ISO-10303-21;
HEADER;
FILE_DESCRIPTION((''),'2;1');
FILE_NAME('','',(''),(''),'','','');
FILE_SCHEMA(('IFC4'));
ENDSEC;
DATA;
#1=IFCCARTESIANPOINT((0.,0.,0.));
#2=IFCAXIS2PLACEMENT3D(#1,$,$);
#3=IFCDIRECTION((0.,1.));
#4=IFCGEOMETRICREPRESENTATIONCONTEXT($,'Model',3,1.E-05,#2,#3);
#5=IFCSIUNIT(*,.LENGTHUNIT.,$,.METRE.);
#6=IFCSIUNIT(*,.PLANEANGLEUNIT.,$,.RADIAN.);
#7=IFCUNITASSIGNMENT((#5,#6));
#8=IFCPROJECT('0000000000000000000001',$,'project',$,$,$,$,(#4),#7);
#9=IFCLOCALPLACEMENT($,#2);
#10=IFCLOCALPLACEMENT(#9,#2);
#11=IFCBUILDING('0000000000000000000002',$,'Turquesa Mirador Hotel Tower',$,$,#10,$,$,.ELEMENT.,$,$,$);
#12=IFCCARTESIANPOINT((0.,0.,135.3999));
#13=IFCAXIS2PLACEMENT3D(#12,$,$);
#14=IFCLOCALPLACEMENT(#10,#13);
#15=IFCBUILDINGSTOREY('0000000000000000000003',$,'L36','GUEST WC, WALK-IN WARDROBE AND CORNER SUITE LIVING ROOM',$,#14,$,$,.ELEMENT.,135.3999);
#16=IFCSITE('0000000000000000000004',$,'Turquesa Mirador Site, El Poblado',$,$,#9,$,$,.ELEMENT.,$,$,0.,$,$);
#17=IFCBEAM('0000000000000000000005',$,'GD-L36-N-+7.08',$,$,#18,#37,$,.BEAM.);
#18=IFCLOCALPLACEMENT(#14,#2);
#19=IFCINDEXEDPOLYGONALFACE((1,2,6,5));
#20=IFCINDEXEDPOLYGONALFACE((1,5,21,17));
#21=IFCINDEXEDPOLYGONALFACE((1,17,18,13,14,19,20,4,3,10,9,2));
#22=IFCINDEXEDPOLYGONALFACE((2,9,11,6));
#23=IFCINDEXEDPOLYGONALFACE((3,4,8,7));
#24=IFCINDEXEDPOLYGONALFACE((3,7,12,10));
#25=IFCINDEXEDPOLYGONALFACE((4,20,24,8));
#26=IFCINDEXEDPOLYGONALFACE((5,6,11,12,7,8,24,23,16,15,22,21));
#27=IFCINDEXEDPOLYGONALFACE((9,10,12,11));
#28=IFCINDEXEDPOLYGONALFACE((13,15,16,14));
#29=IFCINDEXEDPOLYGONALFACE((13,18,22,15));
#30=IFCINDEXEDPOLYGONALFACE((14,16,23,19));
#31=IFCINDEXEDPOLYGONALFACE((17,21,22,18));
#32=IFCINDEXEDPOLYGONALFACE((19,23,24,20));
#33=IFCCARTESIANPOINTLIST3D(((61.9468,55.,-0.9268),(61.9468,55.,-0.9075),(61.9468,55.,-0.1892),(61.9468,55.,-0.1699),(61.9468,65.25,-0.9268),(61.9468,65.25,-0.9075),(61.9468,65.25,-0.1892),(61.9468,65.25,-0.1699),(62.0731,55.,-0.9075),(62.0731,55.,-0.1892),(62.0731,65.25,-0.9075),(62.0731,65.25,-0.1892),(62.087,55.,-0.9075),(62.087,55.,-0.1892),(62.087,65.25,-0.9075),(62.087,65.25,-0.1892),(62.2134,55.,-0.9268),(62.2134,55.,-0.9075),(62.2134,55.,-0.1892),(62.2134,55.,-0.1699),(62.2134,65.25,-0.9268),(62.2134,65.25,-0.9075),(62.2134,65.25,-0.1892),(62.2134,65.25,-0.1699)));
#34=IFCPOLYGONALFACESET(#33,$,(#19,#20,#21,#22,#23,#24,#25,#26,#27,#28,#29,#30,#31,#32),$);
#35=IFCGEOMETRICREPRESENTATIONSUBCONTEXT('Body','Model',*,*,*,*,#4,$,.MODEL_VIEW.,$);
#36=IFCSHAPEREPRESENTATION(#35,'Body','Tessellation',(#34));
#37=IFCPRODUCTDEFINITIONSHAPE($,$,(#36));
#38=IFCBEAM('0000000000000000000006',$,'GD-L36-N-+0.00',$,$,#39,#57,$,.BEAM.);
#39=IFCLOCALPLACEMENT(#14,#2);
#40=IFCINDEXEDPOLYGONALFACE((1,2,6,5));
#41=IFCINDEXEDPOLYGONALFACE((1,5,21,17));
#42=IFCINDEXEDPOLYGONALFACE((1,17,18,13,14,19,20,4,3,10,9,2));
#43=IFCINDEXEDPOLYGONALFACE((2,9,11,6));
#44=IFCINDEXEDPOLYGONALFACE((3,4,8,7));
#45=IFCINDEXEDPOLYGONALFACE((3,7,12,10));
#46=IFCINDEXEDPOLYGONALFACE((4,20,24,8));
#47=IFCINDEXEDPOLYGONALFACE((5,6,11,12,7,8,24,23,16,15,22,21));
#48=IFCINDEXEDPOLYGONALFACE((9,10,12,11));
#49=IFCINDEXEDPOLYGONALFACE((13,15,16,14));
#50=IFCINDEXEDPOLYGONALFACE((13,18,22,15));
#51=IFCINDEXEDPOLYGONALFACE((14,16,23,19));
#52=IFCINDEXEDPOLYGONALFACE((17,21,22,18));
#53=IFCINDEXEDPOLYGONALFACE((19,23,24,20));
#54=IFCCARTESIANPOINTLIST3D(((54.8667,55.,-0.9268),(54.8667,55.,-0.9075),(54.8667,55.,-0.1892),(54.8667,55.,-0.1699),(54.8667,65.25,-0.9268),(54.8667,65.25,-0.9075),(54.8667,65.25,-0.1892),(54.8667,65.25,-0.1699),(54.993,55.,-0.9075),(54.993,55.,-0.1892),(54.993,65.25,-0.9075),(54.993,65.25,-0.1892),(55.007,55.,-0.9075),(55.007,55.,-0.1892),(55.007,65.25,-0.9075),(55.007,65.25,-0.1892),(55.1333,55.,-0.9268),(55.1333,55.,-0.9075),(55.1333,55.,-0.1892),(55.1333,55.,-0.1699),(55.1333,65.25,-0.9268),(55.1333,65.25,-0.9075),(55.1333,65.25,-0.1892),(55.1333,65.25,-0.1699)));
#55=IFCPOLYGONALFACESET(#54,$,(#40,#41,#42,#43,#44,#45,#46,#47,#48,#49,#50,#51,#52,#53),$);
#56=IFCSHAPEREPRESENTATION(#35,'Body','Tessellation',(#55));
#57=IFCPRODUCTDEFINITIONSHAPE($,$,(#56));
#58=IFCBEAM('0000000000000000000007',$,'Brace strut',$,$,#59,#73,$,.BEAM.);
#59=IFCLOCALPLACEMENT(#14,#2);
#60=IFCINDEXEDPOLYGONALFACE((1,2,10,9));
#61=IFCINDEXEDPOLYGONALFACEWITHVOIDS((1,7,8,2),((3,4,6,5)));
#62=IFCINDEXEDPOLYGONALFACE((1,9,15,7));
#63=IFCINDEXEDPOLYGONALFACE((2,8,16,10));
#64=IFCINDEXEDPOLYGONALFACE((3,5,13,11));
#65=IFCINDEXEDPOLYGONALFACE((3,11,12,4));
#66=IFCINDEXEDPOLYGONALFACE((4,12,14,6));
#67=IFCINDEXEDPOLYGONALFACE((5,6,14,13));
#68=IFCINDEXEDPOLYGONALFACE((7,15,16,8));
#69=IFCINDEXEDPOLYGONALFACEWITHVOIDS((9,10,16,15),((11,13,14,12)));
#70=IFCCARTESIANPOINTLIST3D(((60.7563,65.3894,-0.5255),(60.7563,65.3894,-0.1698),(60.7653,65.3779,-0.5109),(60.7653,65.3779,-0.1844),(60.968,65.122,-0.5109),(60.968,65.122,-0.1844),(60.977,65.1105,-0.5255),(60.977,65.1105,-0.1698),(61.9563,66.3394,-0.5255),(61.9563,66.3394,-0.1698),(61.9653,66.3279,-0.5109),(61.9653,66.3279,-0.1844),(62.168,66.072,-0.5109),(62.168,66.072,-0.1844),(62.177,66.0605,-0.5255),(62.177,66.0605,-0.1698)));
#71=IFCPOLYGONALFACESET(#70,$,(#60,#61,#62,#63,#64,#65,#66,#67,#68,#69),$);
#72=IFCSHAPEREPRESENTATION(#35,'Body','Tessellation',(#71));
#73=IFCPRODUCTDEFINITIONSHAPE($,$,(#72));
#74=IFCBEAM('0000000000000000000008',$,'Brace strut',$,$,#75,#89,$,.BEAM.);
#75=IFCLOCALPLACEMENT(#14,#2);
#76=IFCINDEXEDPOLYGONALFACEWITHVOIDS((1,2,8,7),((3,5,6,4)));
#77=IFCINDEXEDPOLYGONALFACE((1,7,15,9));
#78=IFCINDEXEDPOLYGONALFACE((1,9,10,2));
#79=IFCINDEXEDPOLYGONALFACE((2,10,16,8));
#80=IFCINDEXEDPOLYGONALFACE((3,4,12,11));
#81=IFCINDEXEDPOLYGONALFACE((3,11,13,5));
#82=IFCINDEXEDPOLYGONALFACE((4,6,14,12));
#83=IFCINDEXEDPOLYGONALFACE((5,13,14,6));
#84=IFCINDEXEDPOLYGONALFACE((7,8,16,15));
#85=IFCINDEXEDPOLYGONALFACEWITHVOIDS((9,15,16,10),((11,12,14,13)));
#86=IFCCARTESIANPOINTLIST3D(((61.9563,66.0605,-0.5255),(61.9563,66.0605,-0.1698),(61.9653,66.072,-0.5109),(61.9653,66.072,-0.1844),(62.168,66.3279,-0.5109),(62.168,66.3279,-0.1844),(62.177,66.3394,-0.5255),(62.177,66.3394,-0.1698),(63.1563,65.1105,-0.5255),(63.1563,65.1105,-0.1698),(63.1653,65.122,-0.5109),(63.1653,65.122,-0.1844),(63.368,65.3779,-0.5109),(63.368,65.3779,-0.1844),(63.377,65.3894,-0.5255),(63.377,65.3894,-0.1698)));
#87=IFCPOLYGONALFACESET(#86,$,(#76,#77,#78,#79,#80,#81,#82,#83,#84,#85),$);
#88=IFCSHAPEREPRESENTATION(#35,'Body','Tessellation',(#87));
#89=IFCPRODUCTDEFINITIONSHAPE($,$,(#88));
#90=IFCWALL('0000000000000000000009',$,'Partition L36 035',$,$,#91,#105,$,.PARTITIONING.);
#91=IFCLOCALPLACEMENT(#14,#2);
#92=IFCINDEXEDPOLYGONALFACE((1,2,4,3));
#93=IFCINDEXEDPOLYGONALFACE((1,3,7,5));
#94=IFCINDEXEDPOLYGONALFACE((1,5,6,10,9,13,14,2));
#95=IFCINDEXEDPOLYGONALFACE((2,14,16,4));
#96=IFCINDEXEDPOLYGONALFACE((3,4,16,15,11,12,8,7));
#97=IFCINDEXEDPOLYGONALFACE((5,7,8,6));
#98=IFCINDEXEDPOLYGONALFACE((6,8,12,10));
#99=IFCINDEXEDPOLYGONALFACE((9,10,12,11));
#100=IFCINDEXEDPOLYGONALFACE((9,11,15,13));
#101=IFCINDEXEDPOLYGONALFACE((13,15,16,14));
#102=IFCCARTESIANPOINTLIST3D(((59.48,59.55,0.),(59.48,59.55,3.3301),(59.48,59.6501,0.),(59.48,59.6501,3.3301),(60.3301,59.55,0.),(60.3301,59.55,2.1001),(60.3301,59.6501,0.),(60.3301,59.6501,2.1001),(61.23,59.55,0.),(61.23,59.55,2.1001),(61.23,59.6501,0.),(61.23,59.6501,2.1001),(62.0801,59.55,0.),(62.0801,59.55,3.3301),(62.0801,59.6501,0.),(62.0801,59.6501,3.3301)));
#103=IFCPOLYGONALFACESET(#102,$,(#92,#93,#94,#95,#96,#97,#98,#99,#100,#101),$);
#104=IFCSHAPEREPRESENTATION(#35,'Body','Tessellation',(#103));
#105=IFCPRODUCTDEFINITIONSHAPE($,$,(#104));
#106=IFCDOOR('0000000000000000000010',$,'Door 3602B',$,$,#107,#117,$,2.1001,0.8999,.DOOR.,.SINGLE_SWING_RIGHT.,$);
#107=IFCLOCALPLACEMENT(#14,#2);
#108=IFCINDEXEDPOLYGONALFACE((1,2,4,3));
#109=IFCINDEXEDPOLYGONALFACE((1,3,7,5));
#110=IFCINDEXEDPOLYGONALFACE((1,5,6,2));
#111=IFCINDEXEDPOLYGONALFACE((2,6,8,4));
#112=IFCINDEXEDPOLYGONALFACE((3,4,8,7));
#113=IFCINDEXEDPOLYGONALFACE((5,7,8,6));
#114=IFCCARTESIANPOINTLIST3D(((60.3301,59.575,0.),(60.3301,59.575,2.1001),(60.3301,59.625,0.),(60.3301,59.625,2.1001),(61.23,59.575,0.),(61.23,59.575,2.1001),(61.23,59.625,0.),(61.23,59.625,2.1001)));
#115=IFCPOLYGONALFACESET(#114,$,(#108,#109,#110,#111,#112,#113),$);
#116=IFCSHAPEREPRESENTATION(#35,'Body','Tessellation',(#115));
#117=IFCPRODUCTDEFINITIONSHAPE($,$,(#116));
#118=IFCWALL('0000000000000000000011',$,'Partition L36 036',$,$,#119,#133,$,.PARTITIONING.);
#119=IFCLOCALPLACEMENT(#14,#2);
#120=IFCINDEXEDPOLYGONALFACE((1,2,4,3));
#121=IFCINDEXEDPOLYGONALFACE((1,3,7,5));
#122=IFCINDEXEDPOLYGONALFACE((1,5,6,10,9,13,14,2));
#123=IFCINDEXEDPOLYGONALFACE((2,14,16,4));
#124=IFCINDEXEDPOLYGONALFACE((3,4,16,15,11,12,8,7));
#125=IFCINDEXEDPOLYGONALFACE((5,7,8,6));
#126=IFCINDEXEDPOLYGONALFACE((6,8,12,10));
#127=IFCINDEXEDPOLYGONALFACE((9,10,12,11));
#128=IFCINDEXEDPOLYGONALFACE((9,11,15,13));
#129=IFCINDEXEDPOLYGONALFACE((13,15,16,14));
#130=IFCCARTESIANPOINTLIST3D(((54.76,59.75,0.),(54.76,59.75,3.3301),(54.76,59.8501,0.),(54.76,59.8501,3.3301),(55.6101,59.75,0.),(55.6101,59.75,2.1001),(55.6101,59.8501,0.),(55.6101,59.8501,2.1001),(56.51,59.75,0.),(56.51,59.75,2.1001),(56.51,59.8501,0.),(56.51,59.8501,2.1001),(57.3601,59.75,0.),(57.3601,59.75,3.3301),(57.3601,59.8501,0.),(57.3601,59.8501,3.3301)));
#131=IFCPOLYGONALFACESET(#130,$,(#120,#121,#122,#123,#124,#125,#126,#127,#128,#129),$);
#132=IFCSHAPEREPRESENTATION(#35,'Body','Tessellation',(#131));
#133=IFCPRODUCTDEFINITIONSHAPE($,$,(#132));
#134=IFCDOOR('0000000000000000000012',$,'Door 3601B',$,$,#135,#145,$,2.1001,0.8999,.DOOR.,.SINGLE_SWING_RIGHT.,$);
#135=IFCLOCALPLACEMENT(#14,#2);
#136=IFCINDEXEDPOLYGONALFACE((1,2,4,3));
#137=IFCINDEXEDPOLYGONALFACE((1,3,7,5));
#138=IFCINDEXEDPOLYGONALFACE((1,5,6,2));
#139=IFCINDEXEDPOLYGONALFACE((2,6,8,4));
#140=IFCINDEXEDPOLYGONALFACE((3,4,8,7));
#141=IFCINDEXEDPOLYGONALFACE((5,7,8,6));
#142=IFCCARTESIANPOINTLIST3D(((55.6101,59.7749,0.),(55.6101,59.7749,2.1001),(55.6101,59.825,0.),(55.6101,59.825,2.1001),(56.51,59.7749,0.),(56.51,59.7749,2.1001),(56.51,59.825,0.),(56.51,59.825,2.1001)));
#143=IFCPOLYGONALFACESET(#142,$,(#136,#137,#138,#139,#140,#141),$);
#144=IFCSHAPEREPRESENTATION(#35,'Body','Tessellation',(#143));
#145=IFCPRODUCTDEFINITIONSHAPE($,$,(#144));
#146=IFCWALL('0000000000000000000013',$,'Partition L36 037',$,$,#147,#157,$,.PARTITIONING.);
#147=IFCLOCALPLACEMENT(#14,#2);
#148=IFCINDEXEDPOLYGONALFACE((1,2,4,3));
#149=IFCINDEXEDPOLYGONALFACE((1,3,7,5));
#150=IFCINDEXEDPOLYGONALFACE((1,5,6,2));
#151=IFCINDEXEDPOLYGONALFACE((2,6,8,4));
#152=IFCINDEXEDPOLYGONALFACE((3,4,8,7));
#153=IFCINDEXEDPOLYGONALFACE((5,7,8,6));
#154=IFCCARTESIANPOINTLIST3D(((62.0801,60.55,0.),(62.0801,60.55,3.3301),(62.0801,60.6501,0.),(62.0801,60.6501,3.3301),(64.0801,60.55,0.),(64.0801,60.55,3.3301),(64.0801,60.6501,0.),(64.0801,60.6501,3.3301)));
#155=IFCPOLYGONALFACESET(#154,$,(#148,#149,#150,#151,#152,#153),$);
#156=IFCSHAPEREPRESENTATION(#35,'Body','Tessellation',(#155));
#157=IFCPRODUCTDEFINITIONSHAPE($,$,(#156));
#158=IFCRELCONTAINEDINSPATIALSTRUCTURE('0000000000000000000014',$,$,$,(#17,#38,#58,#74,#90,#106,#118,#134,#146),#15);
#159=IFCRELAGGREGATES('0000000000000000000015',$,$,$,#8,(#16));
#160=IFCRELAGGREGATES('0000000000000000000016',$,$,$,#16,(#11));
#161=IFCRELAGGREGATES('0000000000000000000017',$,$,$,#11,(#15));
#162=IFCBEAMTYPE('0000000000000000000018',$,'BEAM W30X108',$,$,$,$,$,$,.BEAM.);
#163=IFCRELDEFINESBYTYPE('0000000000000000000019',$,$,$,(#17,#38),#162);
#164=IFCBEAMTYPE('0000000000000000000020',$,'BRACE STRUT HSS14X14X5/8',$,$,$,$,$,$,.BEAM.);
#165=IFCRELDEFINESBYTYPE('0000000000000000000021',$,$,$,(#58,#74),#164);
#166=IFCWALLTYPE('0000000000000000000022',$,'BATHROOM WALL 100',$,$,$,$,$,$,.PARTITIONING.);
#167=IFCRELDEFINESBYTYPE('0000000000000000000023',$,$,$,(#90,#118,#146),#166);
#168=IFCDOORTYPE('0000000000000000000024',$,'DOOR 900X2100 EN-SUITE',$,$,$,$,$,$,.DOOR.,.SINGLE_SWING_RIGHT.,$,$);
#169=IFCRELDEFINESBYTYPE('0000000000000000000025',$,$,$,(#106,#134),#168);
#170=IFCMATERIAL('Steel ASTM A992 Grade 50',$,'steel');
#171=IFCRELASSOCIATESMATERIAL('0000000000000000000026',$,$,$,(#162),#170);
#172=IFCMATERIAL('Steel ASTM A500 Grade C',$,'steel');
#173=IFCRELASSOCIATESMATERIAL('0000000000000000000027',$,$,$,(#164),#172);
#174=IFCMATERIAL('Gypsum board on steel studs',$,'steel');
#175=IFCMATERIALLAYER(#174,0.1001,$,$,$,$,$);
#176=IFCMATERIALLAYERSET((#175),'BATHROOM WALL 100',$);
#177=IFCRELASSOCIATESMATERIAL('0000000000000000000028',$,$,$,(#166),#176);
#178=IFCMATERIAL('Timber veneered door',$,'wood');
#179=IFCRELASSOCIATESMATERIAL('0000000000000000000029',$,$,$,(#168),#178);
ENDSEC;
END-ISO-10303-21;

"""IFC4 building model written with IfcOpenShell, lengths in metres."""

from ifc_helpers import new_model, si_unit, direction, frame, frame_2d, origin, origin_2d, place, context, subcontext, project, spatial, rectangle, hollow_rectangle, i_section, extrude, material, layer, layer_set, material_profile, profile_set, type_object, element, fill, save


model = new_model("IFC4")

# Units and contexts
model_context = context("Model", 3, precision=1e-05, world=origin(), true_north=direction((0.0, 1.0)))
body_context = subcontext(model_context, "Body", "Model", "MODEL_VIEW")
ifc_project = project(units=[si_unit("LENGTHUNIT", "METRE"), si_unit("PLANEANGLEUNIT", "RADIAN")], contexts=[model_context])

# Site, building, storey
site_placement = place(None, origin())
site = spatial("IfcSite", under=ifc_project, at=site_placement, Name="Turquesa Mirador Site, El Poblado", CompositionType="ELEMENT", RefElevation=0.0)
building_placement = place(site_placement, origin())
building = spatial("IfcBuilding", under=site, at=building_placement, Name="Turquesa Mirador Hotel Tower", CompositionType="ELEMENT")
storey_placement = place(building_placement, frame((0.0, 0.0, 135.3999)))
storey = spatial("IfcBuildingStorey", under=building, at=storey_placement, Name="L36", Description="GUEST WC, WALK-IN WARDROBE AND CORNER SUITE LIVING ROOM", CompositionType="ELEMENT", Elevation=135.3999)

# Beams
ifc_material_1 = material(Name="Steel ASTM A992 Grade 50", Category="steel")
ifc_material_profile_1 = material_profile(ifc_material_1, i_section(OverallWidth=0.2666, OverallDepth=0.7568, WebThickness=0.0139, FlangeThickness=0.0193, at=origin_2d()), Name="W30X108")
ifc_profile_set_1 = profile_set([ifc_material_profile_1], Name="Steel ASTM A992 Grade 50")
beam_type_1 = type_object("IfcBeamType", Name="BEAM W30X108", PredefinedType="BEAM", material=ifc_profile_set_1)
for number, where, z_axis, x_axis, name in (
    (1, (62.0801, 65.25, -0.5483), (0.0, -1.0, 0.0), (1.0, 0.0, 0.0), "GD-L36-N-+7.08"),
    (2, (55.0, 65.25, -0.5483), (0.0, -1.0, 0.0), (1.0, 0.0, 0.0), "GD-L36-N-+0.00"),
):
    element("IfcBeam", number, at=place(storey_placement, frame(where, z_axis=z_axis, x_axis=x_axis)), inside=storey, type_object=beam_type_1, Name=name, PredefinedType="BEAM", context=body_context, shape_type="SweptSolid", body=[
        extrude(i_section(OverallWidth=0.2666, OverallDepth=0.7568, WebThickness=0.0139, FlangeThickness=0.0193, at=origin_2d()), origin(), (0.0, 0.0, 1.0), 10.25),
    ])
ifc_material_2 = material(Name="Steel ASTM A500 Grade C", Category="steel")
ifc_material_profile_2 = material_profile(ifc_material_2, hollow_rectangle(XDim=0.3557, YDim=0.3557, WallThickness=0.0146, at=origin_2d()), Name="HSS14X14X5/8")
ifc_profile_set_2 = profile_set([ifc_material_profile_2], Name="Steel ASTM A500 Grade C")
beam_type_2 = type_object("IfcBeamType", Name="BRACE STRUT HSS14X14X5/8", PredefinedType="BEAM", material=ifc_profile_set_2)
for number, where, z_axis, x_axis, name in (
    (3, (62.0667, 66.2, -0.3477), (-0.784049, -0.620699, 0.0), (0.620699, -0.784049, 0.0), "Brace strut"),
    (4, (62.0667, 66.2, -0.3477), (0.784049, -0.620699, 0.0), (0.620699, 0.784049, 0.0), "Brace strut"),
):
    element("IfcBeam", number, at=place(storey_placement, frame(where, z_axis=z_axis, x_axis=x_axis)), inside=storey, type_object=beam_type_2, Name=name, PredefinedType="BEAM", context=body_context, shape_type="SweptSolid", body=[
        extrude(hollow_rectangle(XDim=0.3557, YDim=0.3557, WallThickness=0.0146, at=origin_2d()), origin(), (0.0, 0.0, 1.0), 1.5305),
    ])

# Walls, openings, doors
ifc_material_3 = material(Name="Gypsum board on steel studs", Category="steel")
ifc_layer_1 = layer(ifc_material_3, 0.1001)
ifc_layer_set_1 = layer_set([ifc_layer_1], Name="BATHROOM WALL 100")
wall_type_1 = type_object("IfcWallType", Name="BATHROOM WALL 100", PredefinedType="PARTITIONING", material=ifc_layer_set_1)
wall_1_placement = place(storey_placement, frame((59.48, 59.6001, 0.0), z_axis=(0.0, 0.0, 1.0), x_axis=(1.0, 0.0, 0.0)))
wall_1 = element("IfcWall", 5, at=wall_1_placement, inside=storey, type_object=wall_type_1, Name="Partition L36 035", PredefinedType="PARTITIONING", context=body_context, shape_type="SweptSolid", body=[
    extrude(rectangle(XDim=2.6001, YDim=0.1001, at=frame_2d((1.3, 0.0))), origin(), (0.0, 0.0, 1.0), 3.3301),
])
opening_1_placement = place(wall_1_placement, frame((0.8501, 0.0, 0.0)))
opening_1 = element("IfcOpeningElement", 6, at=opening_1_placement, cuts=wall_1, PredefinedType="OPENING", context=body_context, shape_type="SweptSolid", body=[
    extrude(rectangle(XDim=0.8999, YDim=2.1001, at=frame_2d((0.45, 1.05))), frame((0.0, 0.0601, 0.0), z_axis=(0.0, -1.0, 0.0), x_axis=(1.0, 0.0, 0.0)), (0.0, 0.0, 1.0), 0.1201),
])
ifc_material_4 = material(Name="Timber veneered door", Category="wood")
door_type_1 = type_object("IfcDoorType", Name="DOOR 900X2100 EN-SUITE", OperationType="SINGLE_SWING_RIGHT", PredefinedType="DOOR", material=ifc_material_4)
door_1_placement = place(opening_1_placement, origin())
door_1 = element("IfcDoor", 7, at=door_1_placement, inside=storey, type_object=door_type_1, Name="Door 3602B", OperationType="SINGLE_SWING_RIGHT", OverallHeight=2.1001, OverallWidth=0.8999, PredefinedType="DOOR", context=body_context, shape_type="SweptSolid", body=[
    extrude(rectangle(XDim=0.8999, YDim=2.1001, at=frame_2d((0.45, 1.05))), frame((0.0, 0.0249, 0.0), z_axis=(0.0, -1.0, 0.0), x_axis=(1.0, 0.0, 0.0)), (0.0, 0.0, 1.0), 0.05),
])
fill(opening_1, door_1)
wall_2_placement = place(storey_placement, frame((54.76, 59.8, 0.0), z_axis=(0.0, 0.0, 1.0), x_axis=(1.0, 0.0, 0.0)))
wall_2 = element("IfcWall", 8, at=wall_2_placement, inside=storey, type_object=wall_type_1, Name="Partition L36 036", PredefinedType="PARTITIONING", context=body_context, shape_type="SweptSolid", body=[
    extrude(rectangle(XDim=2.6001, YDim=0.1001, at=frame_2d((1.3, 0.0))), origin(), (0.0, 0.0, 1.0), 3.3301),
])
opening_2_placement = place(wall_2_placement, frame((0.8501, 0.0, 0.0)))
opening_2 = element("IfcOpeningElement", 9, at=opening_2_placement, cuts=wall_2, PredefinedType="OPENING", context=body_context, shape_type="SweptSolid", body=[
    extrude(rectangle(XDim=0.8999, YDim=2.1001, at=frame_2d((0.45, 1.05))), frame((0.0, 0.0601, 0.0), z_axis=(0.0, -1.0, 0.0), x_axis=(1.0, 0.0, 0.0)), (0.0, 0.0, 1.0), 0.1201),
])
door_2_placement = place(opening_2_placement, origin())
door_2 = element("IfcDoor", 10, at=door_2_placement, inside=storey, type_object=door_type_1, Name="Door 3601B", OperationType="SINGLE_SWING_RIGHT", OverallHeight=2.1001, OverallWidth=0.8999, PredefinedType="DOOR", context=body_context, shape_type="SweptSolid", body=[
    extrude(rectangle(XDim=0.8999, YDim=2.1001, at=frame_2d((0.45, 1.05))), frame((0.0, 0.0249, 0.0), z_axis=(0.0, -1.0, 0.0), x_axis=(1.0, 0.0, 0.0)), (0.0, 0.0, 1.0), 0.05),
])
fill(opening_2, door_2)

# Wall
wall_3_placement = place(storey_placement, frame((62.0801, 60.6001, 0.0), z_axis=(0.0, 0.0, 1.0), x_axis=(1.0, 0.0, 0.0)))
element("IfcWall", 11, at=wall_3_placement, inside=storey, type_object=wall_type_1, Name="Partition L36 037", PredefinedType="PARTITIONING", context=body_context, shape_type="SweptSolid", body=[
    extrude(rectangle(XDim=2.0, YDim=0.1001, at=frame_2d((1.0, 0.0))), origin(), (0.0, 0.0, 1.0), 3.3301),
])

save(model, "model.ifc")
